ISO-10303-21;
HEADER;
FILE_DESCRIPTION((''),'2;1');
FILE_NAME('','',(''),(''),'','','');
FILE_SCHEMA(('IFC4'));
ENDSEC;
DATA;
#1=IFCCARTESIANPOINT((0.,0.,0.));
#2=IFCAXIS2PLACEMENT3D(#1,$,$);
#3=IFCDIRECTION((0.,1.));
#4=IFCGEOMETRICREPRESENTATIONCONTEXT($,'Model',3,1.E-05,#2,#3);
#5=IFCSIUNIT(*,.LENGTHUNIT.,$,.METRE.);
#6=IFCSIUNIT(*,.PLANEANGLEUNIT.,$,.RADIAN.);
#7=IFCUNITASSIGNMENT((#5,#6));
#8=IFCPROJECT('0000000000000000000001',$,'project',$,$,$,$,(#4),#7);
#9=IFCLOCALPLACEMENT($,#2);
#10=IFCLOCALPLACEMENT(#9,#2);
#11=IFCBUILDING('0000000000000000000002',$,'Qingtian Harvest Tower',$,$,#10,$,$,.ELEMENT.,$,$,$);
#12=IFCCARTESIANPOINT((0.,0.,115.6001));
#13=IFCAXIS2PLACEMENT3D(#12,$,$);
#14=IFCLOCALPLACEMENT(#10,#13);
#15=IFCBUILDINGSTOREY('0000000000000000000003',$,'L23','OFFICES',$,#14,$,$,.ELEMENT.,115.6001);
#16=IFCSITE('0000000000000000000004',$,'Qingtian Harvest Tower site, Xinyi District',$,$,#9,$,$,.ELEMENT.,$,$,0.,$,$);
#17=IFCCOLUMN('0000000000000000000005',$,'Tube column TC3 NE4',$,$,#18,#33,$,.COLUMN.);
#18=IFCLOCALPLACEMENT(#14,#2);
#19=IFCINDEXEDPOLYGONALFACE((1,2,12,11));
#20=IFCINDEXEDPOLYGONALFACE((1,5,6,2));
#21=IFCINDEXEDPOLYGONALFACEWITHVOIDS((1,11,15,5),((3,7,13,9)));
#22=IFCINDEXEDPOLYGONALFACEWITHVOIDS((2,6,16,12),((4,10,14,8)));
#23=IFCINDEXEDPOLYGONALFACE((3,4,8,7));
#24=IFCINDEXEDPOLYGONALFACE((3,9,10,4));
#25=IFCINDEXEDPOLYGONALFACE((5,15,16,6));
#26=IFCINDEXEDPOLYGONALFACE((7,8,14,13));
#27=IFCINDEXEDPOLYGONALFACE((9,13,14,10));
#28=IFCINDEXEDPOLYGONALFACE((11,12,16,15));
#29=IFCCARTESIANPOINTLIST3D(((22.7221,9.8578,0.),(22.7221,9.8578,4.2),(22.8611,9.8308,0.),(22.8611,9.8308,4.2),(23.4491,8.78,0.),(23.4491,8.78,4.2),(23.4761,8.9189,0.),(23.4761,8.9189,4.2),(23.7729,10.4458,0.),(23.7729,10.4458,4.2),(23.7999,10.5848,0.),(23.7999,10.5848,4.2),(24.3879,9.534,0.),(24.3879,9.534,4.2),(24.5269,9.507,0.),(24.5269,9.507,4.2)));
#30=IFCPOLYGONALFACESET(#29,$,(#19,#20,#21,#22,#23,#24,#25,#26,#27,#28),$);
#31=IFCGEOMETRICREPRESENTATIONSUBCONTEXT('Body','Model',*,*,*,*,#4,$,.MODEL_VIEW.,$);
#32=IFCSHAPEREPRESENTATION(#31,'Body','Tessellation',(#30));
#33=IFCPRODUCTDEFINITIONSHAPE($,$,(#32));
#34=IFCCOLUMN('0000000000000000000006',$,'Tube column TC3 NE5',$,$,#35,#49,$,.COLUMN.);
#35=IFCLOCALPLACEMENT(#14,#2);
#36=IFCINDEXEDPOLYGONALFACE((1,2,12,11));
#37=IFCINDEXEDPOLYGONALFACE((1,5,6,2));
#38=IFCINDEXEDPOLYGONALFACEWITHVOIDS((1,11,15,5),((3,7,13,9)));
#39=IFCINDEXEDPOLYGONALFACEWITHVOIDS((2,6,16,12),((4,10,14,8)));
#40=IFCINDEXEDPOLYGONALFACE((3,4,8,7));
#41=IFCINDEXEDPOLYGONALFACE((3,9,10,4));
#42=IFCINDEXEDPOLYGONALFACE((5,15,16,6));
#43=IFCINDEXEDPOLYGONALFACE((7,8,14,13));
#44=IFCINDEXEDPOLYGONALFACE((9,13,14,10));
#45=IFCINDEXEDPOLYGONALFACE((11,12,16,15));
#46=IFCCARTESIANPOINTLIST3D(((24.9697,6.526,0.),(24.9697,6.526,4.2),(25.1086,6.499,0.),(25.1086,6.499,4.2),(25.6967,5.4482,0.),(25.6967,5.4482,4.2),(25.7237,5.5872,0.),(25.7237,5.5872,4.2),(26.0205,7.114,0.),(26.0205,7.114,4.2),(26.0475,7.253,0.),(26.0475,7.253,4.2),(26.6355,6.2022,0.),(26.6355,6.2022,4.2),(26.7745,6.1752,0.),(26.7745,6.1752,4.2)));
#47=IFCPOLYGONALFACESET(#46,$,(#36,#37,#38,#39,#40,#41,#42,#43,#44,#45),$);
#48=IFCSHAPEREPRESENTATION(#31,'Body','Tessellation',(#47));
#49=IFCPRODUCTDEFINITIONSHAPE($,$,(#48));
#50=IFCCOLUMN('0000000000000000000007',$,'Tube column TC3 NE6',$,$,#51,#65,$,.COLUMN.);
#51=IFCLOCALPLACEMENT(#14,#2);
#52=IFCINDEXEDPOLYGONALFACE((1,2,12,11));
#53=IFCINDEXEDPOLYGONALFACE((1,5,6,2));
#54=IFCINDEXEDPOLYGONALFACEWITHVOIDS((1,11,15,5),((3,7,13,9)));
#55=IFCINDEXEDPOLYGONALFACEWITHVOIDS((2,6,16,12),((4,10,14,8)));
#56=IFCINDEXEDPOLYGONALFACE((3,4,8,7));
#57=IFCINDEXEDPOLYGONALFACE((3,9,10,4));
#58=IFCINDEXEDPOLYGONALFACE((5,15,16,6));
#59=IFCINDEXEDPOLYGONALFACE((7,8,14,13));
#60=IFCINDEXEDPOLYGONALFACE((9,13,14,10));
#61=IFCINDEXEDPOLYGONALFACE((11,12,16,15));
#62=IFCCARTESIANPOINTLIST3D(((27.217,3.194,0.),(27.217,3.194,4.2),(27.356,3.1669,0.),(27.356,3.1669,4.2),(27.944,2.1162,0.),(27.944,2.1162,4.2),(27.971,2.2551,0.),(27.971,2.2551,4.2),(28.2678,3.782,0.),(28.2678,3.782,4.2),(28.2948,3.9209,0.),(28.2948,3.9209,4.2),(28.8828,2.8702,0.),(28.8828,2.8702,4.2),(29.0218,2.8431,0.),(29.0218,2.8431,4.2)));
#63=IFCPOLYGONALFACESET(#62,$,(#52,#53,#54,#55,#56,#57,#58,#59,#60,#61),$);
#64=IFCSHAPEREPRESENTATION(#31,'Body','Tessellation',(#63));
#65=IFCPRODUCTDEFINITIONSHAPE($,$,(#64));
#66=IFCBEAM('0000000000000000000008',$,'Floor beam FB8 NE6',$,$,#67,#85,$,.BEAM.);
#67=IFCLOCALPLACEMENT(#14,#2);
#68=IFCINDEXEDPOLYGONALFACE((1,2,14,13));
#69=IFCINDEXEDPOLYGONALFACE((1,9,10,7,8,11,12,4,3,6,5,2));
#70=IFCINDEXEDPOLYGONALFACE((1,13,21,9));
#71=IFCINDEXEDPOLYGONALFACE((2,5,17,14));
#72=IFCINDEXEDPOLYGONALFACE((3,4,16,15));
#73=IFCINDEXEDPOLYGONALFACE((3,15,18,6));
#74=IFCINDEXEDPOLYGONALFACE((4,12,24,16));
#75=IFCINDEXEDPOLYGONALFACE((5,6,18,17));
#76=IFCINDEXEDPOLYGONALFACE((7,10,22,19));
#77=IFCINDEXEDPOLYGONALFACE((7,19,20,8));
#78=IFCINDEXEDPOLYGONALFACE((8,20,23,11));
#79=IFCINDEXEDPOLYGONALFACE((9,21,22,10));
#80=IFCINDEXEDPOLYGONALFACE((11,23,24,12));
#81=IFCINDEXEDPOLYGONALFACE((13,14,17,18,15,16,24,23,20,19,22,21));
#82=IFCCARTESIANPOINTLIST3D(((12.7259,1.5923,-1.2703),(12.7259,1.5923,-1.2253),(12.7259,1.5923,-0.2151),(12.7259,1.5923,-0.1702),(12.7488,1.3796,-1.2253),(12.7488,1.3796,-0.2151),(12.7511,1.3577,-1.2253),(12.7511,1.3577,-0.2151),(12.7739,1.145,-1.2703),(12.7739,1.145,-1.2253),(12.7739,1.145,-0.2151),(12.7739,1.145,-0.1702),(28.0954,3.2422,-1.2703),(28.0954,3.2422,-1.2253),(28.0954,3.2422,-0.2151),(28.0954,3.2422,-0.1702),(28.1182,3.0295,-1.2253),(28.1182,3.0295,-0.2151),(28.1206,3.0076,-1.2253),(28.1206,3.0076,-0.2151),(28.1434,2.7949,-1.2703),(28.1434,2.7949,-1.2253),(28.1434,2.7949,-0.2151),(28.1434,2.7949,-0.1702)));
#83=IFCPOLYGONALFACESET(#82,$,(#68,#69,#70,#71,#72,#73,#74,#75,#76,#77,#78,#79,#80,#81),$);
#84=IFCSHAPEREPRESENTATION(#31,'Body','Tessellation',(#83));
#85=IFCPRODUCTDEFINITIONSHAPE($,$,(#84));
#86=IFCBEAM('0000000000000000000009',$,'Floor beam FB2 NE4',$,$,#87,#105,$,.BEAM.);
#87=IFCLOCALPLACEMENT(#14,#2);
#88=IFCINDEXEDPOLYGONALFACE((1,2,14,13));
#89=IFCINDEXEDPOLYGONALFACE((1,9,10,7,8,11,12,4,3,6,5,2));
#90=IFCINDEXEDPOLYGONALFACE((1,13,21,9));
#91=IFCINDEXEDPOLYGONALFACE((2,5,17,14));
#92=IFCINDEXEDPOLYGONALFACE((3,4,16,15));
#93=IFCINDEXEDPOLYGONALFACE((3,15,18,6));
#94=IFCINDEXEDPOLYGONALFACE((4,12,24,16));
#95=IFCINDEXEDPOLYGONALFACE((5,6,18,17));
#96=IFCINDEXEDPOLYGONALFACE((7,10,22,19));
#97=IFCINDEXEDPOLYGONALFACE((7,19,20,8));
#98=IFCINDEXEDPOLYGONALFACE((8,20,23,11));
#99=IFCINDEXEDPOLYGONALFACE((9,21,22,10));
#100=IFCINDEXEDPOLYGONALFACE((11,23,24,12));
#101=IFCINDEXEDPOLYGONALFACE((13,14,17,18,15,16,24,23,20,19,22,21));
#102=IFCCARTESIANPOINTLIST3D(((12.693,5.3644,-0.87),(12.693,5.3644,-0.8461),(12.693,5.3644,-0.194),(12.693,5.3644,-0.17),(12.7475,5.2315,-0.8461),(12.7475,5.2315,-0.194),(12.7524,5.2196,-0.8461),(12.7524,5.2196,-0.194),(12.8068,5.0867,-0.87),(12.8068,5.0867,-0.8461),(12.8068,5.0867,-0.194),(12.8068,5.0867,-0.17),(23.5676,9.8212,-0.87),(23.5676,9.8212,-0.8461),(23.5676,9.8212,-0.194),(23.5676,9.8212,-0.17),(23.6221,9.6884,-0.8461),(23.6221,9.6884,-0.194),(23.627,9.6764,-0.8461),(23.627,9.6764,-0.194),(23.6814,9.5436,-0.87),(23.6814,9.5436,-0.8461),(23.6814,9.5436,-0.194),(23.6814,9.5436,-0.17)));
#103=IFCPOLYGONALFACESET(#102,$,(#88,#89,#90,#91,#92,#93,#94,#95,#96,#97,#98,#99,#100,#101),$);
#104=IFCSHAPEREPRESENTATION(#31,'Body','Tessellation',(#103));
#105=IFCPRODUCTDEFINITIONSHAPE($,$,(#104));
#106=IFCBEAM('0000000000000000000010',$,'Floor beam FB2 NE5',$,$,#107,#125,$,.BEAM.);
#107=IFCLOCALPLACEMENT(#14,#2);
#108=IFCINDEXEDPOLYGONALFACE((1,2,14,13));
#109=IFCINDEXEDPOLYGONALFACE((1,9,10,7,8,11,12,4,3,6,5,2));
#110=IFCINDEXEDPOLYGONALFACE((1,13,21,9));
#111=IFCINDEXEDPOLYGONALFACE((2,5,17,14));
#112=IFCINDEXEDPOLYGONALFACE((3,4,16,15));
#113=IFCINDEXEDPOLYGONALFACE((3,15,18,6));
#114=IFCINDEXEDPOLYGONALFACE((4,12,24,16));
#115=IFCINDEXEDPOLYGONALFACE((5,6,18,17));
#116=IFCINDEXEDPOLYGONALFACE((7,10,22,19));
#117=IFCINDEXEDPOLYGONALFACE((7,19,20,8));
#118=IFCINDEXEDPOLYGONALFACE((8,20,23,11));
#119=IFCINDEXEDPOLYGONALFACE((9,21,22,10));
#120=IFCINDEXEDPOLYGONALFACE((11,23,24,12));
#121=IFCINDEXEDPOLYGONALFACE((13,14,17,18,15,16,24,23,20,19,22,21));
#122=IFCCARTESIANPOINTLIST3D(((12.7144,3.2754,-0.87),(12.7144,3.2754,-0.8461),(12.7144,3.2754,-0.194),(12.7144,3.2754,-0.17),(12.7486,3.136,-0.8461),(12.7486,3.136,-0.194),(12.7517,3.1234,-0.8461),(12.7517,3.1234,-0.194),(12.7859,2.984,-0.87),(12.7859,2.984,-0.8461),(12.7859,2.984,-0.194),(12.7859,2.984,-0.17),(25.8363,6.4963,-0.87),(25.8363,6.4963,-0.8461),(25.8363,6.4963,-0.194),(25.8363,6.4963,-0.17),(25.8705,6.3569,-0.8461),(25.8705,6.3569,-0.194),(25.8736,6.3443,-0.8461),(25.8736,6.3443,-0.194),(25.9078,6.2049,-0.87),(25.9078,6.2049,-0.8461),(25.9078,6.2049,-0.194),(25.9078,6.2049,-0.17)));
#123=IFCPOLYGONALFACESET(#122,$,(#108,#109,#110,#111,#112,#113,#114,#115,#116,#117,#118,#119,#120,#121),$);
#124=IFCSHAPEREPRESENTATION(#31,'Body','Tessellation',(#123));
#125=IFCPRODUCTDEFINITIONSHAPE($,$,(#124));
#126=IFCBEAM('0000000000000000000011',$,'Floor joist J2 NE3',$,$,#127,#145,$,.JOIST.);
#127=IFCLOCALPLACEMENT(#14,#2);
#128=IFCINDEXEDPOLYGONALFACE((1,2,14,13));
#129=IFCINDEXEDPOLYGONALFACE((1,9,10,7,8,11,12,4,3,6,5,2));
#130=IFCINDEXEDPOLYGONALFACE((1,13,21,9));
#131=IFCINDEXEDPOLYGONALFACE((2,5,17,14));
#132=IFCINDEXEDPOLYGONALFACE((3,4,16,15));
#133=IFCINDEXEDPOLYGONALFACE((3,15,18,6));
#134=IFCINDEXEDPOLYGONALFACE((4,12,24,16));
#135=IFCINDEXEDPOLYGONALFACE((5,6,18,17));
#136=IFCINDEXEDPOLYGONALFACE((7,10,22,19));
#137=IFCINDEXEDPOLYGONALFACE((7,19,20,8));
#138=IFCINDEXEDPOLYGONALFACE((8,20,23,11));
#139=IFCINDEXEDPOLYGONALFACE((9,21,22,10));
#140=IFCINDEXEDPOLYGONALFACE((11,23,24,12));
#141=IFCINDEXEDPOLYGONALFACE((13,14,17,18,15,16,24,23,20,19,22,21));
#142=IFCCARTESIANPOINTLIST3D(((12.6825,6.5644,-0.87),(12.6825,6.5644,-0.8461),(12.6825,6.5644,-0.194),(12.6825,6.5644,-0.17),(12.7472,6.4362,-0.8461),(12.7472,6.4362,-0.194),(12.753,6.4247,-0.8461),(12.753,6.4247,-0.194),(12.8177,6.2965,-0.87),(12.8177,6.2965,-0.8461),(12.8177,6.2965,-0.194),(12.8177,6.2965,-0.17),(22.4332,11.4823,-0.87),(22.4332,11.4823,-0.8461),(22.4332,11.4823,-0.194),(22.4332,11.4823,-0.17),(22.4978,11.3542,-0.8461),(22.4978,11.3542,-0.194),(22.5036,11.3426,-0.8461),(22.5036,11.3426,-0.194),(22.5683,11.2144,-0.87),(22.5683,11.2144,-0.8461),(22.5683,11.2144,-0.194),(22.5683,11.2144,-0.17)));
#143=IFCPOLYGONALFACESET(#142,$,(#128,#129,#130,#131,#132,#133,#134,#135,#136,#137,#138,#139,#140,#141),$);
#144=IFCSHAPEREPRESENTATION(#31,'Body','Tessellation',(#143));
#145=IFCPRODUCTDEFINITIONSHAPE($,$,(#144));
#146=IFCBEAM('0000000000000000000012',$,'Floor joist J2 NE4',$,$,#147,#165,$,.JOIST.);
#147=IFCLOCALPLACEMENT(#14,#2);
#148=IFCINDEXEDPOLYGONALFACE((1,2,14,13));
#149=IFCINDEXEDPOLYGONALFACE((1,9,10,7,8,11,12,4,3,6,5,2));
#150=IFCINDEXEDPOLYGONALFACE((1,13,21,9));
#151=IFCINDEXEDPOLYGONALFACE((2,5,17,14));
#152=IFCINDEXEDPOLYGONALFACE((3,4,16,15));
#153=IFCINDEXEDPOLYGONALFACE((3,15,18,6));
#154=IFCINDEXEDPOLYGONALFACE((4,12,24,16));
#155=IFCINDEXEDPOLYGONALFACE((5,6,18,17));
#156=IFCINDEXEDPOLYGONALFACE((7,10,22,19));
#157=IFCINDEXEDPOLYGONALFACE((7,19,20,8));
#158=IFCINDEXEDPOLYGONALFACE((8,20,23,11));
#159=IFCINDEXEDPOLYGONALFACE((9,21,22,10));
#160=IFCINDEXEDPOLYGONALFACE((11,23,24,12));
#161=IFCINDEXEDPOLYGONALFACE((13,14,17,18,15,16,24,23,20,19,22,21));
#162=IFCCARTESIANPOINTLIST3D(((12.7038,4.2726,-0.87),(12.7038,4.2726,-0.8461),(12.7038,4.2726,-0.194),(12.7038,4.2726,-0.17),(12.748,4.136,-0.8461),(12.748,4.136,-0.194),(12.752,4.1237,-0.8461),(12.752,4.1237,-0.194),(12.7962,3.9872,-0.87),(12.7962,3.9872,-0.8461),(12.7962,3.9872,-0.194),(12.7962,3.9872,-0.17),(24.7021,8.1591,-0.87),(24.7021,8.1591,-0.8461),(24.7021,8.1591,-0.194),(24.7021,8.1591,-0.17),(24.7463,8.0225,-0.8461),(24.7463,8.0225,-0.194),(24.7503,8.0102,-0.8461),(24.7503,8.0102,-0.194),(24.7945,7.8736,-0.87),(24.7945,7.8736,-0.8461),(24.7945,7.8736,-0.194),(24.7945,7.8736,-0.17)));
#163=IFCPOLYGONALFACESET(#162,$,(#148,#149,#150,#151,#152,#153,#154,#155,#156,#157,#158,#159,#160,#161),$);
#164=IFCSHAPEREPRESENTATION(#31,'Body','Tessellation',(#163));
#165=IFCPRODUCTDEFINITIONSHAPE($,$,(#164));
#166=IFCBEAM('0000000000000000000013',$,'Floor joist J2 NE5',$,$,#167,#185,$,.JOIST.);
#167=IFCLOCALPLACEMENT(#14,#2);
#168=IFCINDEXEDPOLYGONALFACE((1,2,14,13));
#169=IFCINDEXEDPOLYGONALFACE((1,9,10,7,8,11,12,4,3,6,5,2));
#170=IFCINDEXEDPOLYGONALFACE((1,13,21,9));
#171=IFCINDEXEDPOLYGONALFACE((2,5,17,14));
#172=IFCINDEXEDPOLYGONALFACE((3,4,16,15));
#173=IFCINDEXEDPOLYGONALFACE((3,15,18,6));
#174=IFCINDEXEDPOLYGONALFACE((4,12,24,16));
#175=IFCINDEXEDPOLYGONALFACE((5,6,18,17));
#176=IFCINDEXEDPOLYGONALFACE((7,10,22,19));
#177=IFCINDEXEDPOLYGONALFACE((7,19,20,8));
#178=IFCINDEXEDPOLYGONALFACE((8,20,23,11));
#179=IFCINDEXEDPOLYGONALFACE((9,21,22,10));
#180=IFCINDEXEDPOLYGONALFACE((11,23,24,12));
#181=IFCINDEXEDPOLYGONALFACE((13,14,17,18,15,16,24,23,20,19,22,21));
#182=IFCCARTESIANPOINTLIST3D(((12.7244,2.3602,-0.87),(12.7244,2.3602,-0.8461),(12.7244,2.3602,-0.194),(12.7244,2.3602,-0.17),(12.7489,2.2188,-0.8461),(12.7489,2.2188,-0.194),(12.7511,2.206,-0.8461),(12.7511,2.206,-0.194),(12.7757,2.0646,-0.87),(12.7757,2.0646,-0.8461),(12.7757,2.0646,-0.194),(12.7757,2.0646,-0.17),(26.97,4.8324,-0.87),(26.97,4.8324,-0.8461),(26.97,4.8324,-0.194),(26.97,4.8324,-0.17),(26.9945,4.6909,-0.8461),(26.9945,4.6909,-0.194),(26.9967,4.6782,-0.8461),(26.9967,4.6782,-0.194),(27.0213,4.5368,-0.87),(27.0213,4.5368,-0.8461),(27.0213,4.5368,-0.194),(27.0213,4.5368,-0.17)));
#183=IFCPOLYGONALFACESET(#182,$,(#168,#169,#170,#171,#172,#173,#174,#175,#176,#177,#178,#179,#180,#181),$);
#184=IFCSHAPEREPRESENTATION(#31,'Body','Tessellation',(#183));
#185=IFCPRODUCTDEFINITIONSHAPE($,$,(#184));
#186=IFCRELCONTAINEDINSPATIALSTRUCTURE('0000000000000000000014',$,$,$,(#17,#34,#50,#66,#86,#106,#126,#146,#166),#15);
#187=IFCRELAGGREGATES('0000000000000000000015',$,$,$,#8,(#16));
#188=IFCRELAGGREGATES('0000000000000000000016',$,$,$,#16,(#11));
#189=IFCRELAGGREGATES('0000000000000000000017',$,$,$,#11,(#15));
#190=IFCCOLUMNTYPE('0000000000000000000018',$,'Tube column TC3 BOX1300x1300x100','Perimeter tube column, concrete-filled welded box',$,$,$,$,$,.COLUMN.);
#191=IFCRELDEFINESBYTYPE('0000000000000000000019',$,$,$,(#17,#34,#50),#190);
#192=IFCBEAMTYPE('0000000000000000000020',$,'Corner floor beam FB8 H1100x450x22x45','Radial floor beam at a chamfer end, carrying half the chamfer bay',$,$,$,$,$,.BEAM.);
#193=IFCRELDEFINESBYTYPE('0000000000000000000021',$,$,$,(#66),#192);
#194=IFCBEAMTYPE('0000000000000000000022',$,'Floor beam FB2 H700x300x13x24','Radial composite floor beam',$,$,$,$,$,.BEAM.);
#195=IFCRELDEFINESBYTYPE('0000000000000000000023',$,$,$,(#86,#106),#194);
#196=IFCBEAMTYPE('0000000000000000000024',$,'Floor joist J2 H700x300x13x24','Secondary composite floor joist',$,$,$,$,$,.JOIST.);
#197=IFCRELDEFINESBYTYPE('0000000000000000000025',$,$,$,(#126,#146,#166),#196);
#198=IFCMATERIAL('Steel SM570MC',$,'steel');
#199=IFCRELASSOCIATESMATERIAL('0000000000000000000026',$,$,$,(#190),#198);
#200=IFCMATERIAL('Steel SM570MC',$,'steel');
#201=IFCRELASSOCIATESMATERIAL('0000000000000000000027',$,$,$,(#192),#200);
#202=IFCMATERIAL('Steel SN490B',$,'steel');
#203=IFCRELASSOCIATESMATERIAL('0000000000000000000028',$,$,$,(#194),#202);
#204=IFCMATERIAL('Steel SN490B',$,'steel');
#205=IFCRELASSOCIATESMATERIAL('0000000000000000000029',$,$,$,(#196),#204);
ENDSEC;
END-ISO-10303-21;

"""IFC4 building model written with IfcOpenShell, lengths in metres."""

from ifc_helpers import new_model, si_unit, direction, frame, origin, origin_2d, place, context, subcontext, project, spatial, hollow_rectangle, i_section, extrude, material, material_profile, profile_set, type_object, element, save


model = new_model("IFC4")

# Units and contexts
model_context = context("Model", 3, precision=1e-05, world=origin(), true_north=direction((0.0, 1.0)))
body_context = subcontext(model_context, "Body", "Model", "MODEL_VIEW")
ifc_project = project(units=[si_unit("LENGTHUNIT", "METRE"), si_unit("PLANEANGLEUNIT", "RADIAN")], contexts=[model_context])

# Site, building, storey
site_placement = place(None, origin())
site = spatial("IfcSite", under=ifc_project, at=site_placement, Name="Qingtian Harvest Tower site, Xinyi District", CompositionType="ELEMENT", RefElevation=0.0)
building_placement = place(site_placement, origin())
building = spatial("IfcBuilding", under=site, at=building_placement, Name="Qingtian Harvest Tower", CompositionType="ELEMENT")
storey_placement = place(building_placement, frame((0.0, 0.0, 115.6001)))
storey = spatial("IfcBuildingStorey", under=building, at=storey_placement, Name="L23", Description="OFFICES", CompositionType="ELEMENT", Elevation=115.6001)

# Columns
ifc_material_1 = material(Name="Steel SM570MC", Category="steel")
ifc_material_profile_1 = material_profile(ifc_material_1, hollow_rectangle(XDim=1.3, YDim=1.3, WallThickness=0.1001, at=origin_2d()), Name="BOX1300x1300x100")
ifc_profile_set_1 = profile_set([ifc_material_profile_1], Name="Steel SM570MC")
column_type = type_object("IfcColumnType", Name="Tube column TC3 BOX1300x1300x100", Description="Perimeter tube column, concrete-filled welded box", PredefinedType="COLUMN", material=ifc_profile_set_1)
for number, where, z_axis, x_axis, name in (
    (1, (23.6245, 9.6824, 0.0), (0.0, 0.0, 1.0), (-0.559193, 0.829038, 0.0), "Tube column TC3 NE4"),
    (2, (25.8721, 6.3506, 0.0), (0.0, 0.0, 1.0), (-0.559193, 0.829038, 0.0), "Tube column TC3 NE5"),
    (3, (28.1194, 3.0186, 0.0), (0.0, 0.0, 1.0), (-0.559193, 0.829038, 0.0), "Tube column TC3 NE6"),
):
    element("IfcColumn", number, at=place(storey_placement, frame(where, z_axis=z_axis, x_axis=x_axis)), inside=storey, type_object=column_type, Name=name, PredefinedType="COLUMN", context=body_context, shape_type="SweptSolid", body=[
        extrude(hollow_rectangle(XDim=1.3, YDim=1.3, WallThickness=0.1001, at=origin_2d()), origin(), (0.0, 0.0, 1.0), 4.2),
    ])

# Beams
ifc_material_2 = material(Name="Steel SM570MC", Category="steel")
ifc_material_profile_2 = material_profile(ifc_material_2, i_section(OverallWidth=0.45, OverallDepth=1.1001, WebThickness=0.022, FlangeThickness=0.0449, at=origin_2d()), Name="H1100x450x22x45")
ifc_profile_set_2 = profile_set([ifc_material_profile_2], Name="Steel SM570MC")
beam_type_1 = type_object("IfcBeamType", Name="Corner floor beam FB8 H1100x450x22x45", Description="Radial floor beam at a chamfer end, carrying half the chamfer bay", PredefinedType="BEAM", material=ifc_profile_set_2)
beam_1_placement = place(storey_placement, frame((28.1194, 3.0186, -0.7202), z_axis=(-0.994287, -0.106737, 0.0), x_axis=(0.106737, -0.994287, 0.0)))
element("IfcBeam", 4, at=beam_1_placement, inside=storey, type_object=beam_type_1, Name="Floor beam FB8 NE6", PredefinedType="BEAM", context=body_context, shape_type="SweptSolid", body=[
    extrude(i_section(OverallWidth=0.45, OverallDepth=1.1001, WebThickness=0.022, FlangeThickness=0.0449, at=origin_2d()), origin(), (0.0, 0.0, 1.0), 15.4578),
])
ifc_material_3 = material(Name="Steel SN490B", Category="steel")
ifc_material_profile_3 = material_profile(ifc_material_3, i_section(OverallWidth=0.3, OverallDepth=0.7, WebThickness=0.0129, FlangeThickness=0.0239, at=origin_2d()), Name="H700x300x13x24")
ifc_profile_set_3 = profile_set([ifc_material_profile_3], Name="Steel SN490B")
beam_type_2 = type_object("IfcBeamType", Name="Floor beam FB2 H700x300x13x24", Description="Radial composite floor beam", PredefinedType="BEAM", material=ifc_profile_set_3)
beam_2_placement = place(storey_placement, frame((23.6245, 9.6824, -0.52), z_axis=(-0.925305, -0.379225, 0.0), x_axis=(0.379225, -0.925305, 0.0)))
element("IfcBeam", 5, at=beam_2_placement, inside=storey, type_object=beam_type_2, Name="Floor beam FB2 NE4", PredefinedType="BEAM", context=body_context, shape_type="SweptSolid", body=[
    extrude(i_section(OverallWidth=0.3, OverallDepth=0.7, WebThickness=0.0129, FlangeThickness=0.0239, at=origin_2d()), origin(), (0.0, 0.0, 1.0), 11.7524),
])
beam_3_placement = place(storey_placement, frame((25.8721, 6.3506, -0.52), z_axis=(-0.971171, -0.238384, 0.0), x_axis=(0.238384, -0.971171, 0.0)))
element("IfcBeam", 6, at=beam_3_placement, inside=storey, type_object=beam_type_2, Name="Floor beam FB2 NE5", PredefinedType="BEAM", context=body_context, shape_type="SweptSolid", body=[
    extrude(i_section(OverallWidth=0.3, OverallDepth=0.7, WebThickness=0.0129, FlangeThickness=0.0239, at=origin_2d()), origin(), (0.0, 0.0, 1.0), 13.5115),
])
ifc_material_4 = material(Name="Steel SN490B", Category="steel")
ifc_material_profile_4 = material_profile(ifc_material_4, i_section(OverallWidth=0.3, OverallDepth=0.7, WebThickness=0.0129, FlangeThickness=0.0239, at=origin_2d()), Name="H700x300x13x24")
ifc_profile_set_4 = profile_set([ifc_material_profile_4], Name="Steel SN490B")
beam_type_3 = type_object("IfcBeamType", Name="Floor joist J2 H700x300x13x24", Description="Secondary composite floor joist", PredefinedType="JOIST", material=ifc_profile_set_4)
beam_4_placement = place(storey_placement, frame((22.5007, 11.3484, -0.52), z_axis=(-0.892861, -0.450332, 0.0), x_axis=(0.450332, -0.892861, 0.0)))
element("IfcBeam", 7, at=beam_4_placement, inside=storey, type_object=beam_type_3, Name="Floor joist J2 NE3", PredefinedType="JOIST", context=body_context, shape_type="SweptSolid", body=[
    extrude(i_section(OverallWidth=0.3, OverallDepth=0.7, WebThickness=0.0129, FlangeThickness=0.0239, at=origin_2d()), origin(), (0.0, 0.0, 1.0), 10.9207),
])
beam_5_placement = place(storey_placement, frame((24.7483, 8.0164, -0.52), z_axis=(-0.951336, -0.308156, 0.0), x_axis=(0.308156, -0.951336, 0.0)))
element("IfcBeam", 8, at=beam_5_placement, inside=storey, type_object=beam_type_3, Name="Floor joist J2 NE4", PredefinedType="JOIST", context=body_context, shape_type="SweptSolid", body=[
    extrude(i_section(OverallWidth=0.3, OverallDepth=0.7, WebThickness=0.0129, FlangeThickness=0.0239, at=origin_2d()), origin(), (0.0, 0.0, 1.0), 12.6121),
])
beam_6_placement = place(storey_placement, frame((26.9956, 4.6846, -0.52), z_axis=(-0.985274, -0.170983, 0.0), x_axis=(0.170983, -0.985274, 0.0)))
element("IfcBeam", 9, at=beam_6_placement, inside=storey, type_object=beam_type_3, Name="Floor joist J2 NE5", PredefinedType="JOIST", context=body_context, shape_type="SweptSolid", body=[
    extrude(i_section(OverallWidth=0.3, OverallDepth=0.7, WebThickness=0.0129, FlangeThickness=0.0239, at=origin_2d()), origin(), (0.0, 0.0, 1.0), 14.4585),
])

save(model, "model.ifc")
